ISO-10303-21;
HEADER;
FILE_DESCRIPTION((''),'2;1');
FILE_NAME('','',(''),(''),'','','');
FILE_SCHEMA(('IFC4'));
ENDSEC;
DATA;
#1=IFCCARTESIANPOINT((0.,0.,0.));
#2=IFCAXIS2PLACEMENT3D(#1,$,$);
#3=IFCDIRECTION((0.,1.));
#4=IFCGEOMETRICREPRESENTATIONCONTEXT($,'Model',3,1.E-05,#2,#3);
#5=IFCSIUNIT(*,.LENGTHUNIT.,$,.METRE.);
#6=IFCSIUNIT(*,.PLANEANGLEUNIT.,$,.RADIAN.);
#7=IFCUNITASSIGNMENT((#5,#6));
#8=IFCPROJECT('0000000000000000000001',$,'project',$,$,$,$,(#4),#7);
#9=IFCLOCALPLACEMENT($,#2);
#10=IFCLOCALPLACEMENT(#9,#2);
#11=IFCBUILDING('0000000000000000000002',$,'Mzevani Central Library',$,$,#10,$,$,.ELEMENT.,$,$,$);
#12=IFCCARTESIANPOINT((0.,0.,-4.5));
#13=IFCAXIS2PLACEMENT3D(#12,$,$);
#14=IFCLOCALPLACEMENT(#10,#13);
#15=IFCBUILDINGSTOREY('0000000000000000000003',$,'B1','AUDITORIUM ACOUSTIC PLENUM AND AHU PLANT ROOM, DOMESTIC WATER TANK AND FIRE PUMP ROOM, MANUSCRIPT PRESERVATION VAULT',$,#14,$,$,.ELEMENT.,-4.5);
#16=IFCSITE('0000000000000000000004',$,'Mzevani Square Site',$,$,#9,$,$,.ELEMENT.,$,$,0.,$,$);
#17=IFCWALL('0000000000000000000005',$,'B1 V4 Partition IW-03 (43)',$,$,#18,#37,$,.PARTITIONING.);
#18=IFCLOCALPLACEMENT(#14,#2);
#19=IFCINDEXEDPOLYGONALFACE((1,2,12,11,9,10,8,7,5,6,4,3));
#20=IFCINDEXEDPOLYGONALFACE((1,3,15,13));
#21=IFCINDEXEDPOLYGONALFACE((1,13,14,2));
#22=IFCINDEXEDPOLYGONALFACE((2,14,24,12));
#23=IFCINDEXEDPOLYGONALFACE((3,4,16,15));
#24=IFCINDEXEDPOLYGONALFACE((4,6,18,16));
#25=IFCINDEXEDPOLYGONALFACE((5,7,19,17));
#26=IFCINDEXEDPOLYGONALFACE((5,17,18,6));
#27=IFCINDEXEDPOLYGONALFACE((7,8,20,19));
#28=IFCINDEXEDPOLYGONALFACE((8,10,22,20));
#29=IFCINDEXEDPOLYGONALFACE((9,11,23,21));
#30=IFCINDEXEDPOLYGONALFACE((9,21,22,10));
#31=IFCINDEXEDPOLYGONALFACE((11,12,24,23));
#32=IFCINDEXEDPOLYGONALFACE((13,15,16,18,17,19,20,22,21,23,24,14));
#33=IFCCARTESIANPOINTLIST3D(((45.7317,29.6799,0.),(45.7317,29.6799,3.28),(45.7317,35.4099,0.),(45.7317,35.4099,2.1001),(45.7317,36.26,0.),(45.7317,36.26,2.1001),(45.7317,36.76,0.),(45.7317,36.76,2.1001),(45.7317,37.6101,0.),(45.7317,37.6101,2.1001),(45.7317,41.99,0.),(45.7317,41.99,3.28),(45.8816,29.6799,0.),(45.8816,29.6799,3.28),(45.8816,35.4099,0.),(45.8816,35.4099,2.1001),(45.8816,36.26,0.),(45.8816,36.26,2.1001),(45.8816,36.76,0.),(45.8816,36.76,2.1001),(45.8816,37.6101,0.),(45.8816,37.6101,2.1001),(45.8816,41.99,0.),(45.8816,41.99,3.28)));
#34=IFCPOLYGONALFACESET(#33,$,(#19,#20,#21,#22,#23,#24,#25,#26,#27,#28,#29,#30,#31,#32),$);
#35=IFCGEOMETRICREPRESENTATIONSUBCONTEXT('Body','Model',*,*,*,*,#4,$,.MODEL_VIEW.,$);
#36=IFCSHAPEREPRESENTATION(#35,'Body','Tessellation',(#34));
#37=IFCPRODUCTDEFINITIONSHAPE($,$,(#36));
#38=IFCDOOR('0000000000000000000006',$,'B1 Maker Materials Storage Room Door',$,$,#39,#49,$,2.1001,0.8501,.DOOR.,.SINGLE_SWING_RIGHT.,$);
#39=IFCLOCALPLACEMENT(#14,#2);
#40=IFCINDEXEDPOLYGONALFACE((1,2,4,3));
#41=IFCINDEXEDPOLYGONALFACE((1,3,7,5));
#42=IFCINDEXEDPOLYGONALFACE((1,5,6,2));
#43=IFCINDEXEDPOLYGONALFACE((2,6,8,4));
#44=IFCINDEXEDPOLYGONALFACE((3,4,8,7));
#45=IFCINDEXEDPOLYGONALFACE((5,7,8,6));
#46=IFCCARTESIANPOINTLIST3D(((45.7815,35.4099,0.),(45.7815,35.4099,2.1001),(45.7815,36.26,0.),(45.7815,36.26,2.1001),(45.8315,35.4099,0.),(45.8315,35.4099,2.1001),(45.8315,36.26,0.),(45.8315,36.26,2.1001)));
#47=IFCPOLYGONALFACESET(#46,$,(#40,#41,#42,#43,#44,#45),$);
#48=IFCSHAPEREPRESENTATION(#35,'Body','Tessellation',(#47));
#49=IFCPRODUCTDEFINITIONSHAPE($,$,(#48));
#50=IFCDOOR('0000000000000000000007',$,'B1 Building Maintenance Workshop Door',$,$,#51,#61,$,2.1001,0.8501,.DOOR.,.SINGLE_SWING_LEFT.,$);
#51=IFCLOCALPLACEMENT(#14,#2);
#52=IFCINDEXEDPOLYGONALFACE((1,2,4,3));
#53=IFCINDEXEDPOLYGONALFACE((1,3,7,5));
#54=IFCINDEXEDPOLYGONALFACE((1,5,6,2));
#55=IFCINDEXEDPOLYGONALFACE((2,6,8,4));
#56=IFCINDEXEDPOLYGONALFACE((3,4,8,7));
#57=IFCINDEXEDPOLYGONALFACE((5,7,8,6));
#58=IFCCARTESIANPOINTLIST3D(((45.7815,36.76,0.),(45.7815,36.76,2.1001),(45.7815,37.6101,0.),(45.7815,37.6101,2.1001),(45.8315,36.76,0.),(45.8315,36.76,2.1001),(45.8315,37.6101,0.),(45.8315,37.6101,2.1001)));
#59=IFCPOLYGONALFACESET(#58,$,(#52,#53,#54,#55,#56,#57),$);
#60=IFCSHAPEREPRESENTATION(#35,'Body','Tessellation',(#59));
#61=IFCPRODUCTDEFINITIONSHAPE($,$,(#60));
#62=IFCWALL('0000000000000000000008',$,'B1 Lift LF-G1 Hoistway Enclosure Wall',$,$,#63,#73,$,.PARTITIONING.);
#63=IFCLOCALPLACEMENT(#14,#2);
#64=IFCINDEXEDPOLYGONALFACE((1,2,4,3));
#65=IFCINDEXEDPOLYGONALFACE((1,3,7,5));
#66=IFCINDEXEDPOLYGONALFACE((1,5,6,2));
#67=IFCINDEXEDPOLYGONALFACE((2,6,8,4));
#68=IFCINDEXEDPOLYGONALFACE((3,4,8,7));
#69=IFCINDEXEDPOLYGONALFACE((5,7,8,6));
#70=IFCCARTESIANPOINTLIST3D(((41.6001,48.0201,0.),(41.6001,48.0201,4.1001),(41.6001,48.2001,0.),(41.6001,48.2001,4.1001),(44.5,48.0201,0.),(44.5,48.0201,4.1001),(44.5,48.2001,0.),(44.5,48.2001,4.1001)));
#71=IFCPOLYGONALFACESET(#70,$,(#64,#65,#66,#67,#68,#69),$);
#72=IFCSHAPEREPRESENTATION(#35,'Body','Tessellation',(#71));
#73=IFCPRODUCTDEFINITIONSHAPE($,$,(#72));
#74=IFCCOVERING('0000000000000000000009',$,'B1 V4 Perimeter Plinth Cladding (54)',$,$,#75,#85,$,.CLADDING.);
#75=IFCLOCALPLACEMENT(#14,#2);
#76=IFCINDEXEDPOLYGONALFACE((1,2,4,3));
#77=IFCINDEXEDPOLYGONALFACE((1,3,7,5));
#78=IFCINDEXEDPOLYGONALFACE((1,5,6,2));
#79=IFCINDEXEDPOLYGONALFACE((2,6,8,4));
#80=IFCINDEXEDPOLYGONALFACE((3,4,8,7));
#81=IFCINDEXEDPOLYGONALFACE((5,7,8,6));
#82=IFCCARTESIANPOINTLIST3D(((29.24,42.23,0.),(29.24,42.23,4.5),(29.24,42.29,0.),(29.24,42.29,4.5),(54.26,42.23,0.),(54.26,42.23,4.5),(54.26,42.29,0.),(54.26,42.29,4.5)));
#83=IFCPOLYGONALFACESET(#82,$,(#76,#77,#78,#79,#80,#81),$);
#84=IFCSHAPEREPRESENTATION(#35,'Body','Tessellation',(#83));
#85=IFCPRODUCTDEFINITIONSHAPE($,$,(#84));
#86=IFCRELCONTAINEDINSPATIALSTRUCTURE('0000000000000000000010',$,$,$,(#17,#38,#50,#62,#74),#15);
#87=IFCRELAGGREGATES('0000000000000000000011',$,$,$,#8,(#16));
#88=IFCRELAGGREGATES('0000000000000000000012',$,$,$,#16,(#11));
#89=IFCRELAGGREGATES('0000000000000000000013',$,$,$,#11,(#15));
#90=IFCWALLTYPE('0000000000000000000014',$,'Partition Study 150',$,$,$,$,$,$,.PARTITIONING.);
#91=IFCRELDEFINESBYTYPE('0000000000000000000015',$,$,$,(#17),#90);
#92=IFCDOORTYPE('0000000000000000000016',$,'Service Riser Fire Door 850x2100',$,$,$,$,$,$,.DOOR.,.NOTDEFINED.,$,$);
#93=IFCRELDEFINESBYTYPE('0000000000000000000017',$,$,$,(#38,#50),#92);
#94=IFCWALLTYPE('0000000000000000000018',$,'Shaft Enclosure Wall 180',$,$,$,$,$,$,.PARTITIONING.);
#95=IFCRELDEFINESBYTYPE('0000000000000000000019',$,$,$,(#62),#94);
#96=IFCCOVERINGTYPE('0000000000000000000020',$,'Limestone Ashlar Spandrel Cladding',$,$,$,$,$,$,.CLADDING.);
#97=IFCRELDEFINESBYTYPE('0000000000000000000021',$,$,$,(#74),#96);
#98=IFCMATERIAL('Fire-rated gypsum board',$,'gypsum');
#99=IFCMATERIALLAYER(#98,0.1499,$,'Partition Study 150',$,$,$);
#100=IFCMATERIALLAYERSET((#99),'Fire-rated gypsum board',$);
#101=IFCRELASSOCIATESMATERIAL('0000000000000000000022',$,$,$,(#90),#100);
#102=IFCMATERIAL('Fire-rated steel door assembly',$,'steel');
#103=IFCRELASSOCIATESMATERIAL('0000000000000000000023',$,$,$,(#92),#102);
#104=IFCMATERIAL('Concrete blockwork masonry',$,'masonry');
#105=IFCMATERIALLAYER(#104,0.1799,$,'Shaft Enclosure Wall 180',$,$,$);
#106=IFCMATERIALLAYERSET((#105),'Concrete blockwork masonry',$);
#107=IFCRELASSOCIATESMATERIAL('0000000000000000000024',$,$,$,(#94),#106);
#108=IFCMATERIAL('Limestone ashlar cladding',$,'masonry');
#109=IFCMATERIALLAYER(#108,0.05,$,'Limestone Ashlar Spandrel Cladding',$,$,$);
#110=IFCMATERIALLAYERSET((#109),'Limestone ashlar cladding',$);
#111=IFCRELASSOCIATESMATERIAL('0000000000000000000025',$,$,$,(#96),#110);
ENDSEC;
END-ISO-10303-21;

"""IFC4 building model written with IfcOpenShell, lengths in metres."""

from ifc_helpers import new_model, si_unit, direction, frame, frame_2d, origin, origin_2d, place, context, subcontext, project, spatial, rectangle, extrude, material, layer, layer_set, type_object, element, fill, save


model = new_model("IFC4")

# Units and contexts
model_context = context("Model", 3, precision=1e-05, world=origin(), true_north=direction((0.0, 1.0)))
body_context = subcontext(model_context, "Body", "Model", "MODEL_VIEW")
ifc_project = project(units=[si_unit("LENGTHUNIT", "METRE"), si_unit("PLANEANGLEUNIT", "RADIAN")], contexts=[model_context])

# Site, building, storey
site_placement = place(None, origin())
site = spatial("IfcSite", under=ifc_project, at=site_placement, Name="Mzevani Square Site", CompositionType="ELEMENT", RefElevation=0.0)
building_placement = place(site_placement, origin())
building = spatial("IfcBuilding", under=site, at=building_placement, Name="Mzevani Central Library", CompositionType="ELEMENT")
storey_placement = place(building_placement, frame((0.0, 0.0, -4.5)))
storey = spatial("IfcBuildingStorey", under=building, at=storey_placement, Name="B1", Description="AUDITORIUM ACOUSTIC PLENUM AND AHU PLANT ROOM, DOMESTIC WATER TANK AND FIRE PUMP ROOM, MANUSCRIPT PRESERVATION VAULT", CompositionType="ELEMENT", Elevation=-4.5)

# Wall, openings, doors
ifc_material_1 = material(Name="Fire-rated gypsum board", Category="gypsum")
ifc_layer_1 = layer(ifc_material_1, 0.1499, Name="Partition Study 150")
ifc_layer_set_1 = layer_set([ifc_layer_1], Name="Fire-rated gypsum board")
wall_type_1 = type_object("IfcWallType", Name="Partition Study 150", PredefinedType="PARTITIONING", material=ifc_layer_set_1)
wall_1_placement = place(storey_placement, frame((45.8066, 41.99, 0.0), z_axis=(0.0, 0.0, 1.0), x_axis=(0.0, -1.0, 0.0)))
wall_1 = element("IfcWall", 1, at=wall_1_placement, inside=storey, type_object=wall_type_1, Name="B1 V4 Partition IW-03 (43)", PredefinedType="PARTITIONING", context=body_context, shape_type="SweptSolid", body=[
    extrude(rectangle(XDim=12.3101, YDim=0.1499, at=frame_2d((6.155, 0.0))), origin(), (0.0, 0.0, 1.0), 3.28),
])
opening_1_placement = place(wall_1_placement, frame((5.73, 0.0, 0.0)))
opening_1 = element("IfcOpeningElement", 2, at=opening_1_placement, cuts=wall_1, PredefinedType="OPENING", context=body_context, shape_type="SweptSolid", body=[
    extrude(rectangle(XDim=0.8501, YDim=2.1001, at=frame_2d((0.425, 1.05))), frame((0.0, 0.085, 0.0), z_axis=(0.0, -1.0, 0.0), x_axis=(1.0, 0.0, 0.0)), (0.0, 0.0, 1.0), 0.1699),
])
opening_2_placement = place(wall_1_placement, frame((4.3799, 0.0, 0.0)))
opening_2 = element("IfcOpeningElement", 3, at=opening_2_placement, cuts=wall_1, PredefinedType="OPENING", context=body_context, shape_type="SweptSolid", body=[
    extrude(rectangle(XDim=0.8501, YDim=2.1001, at=frame_2d((0.425, 1.05))), frame((0.0, 0.085, 0.0), z_axis=(0.0, -1.0, 0.0), x_axis=(1.0, 0.0, 0.0)), (0.0, 0.0, 1.0), 0.1699),
])
ifc_material_2 = material(Name="Fire-rated steel door assembly", Category="steel")
door_type = type_object("IfcDoorType", Name="Service Riser Fire Door 850x2100", OperationType="NOTDEFINED", PredefinedType="DOOR", material=ifc_material_2)
door_1_placement = place(opening_1_placement, origin())
door_1 = element("IfcDoor", 4, at=door_1_placement, inside=storey, type_object=door_type, Name="B1 Maker Materials Storage Room Door", OperationType="SINGLE_SWING_RIGHT", OverallHeight=2.1001, OverallWidth=0.8501, PredefinedType="DOOR", context=body_context, shape_type="SweptSolid", body=[
    extrude(rectangle(XDim=0.8501, YDim=2.1001, at=frame_2d((0.425, 1.05))), frame((0.0, 0.0249, 0.0), z_axis=(0.0, -1.0, 0.0), x_axis=(1.0, 0.0, 0.0)), (0.0, 0.0, 1.0), 0.05),
])
fill(opening_1, door_1)
door_2_placement = place(opening_2_placement, origin())
door_2 = element("IfcDoor", 5, at=door_2_placement, inside=storey, type_object=door_type, Name="B1 Building Maintenance Workshop Door", OperationType="SINGLE_SWING_LEFT", OverallHeight=2.1001, OverallWidth=0.8501, PredefinedType="DOOR", context=body_context, shape_type="SweptSolid", body=[
    extrude(rectangle(XDim=0.8501, YDim=2.1001, at=frame_2d((0.425, 1.05))), frame((0.0, 0.0249, 0.0), z_axis=(0.0, -1.0, 0.0), x_axis=(1.0, 0.0, 0.0)), (0.0, 0.0, 1.0), 0.05),
])
fill(opening_2, door_2)

# Wall
ifc_material_3 = material(Name="Concrete blockwork masonry", Category="masonry")
ifc_layer_2 = layer(ifc_material_3, 0.1799, Name="Shaft Enclosure Wall 180")
ifc_layer_set_2 = layer_set([ifc_layer_2], Name="Concrete blockwork masonry")
wall_type_2 = type_object("IfcWallType", Name="Shaft Enclosure Wall 180", PredefinedType="PARTITIONING", material=ifc_layer_set_2)
wall_2_placement = place(storey_placement, frame((41.6001, 48.1101, 0.0), z_axis=(0.0, 0.0, 1.0), x_axis=(1.0, 0.0, 0.0)))
element("IfcWall", 6, at=wall_2_placement, inside=storey, type_object=wall_type_2, Name="B1 Lift LF-G1 Hoistway Enclosure Wall", PredefinedType="PARTITIONING", context=body_context, shape_type="SweptSolid", body=[
    extrude(rectangle(XDim=2.8999, YDim=0.1799, at=frame_2d((1.45, 0.0))), origin(), (0.0, 0.0, 1.0), 4.1001),
])

# Covering
ifc_material_4 = material(Name="Limestone ashlar cladding", Category="masonry")
ifc_layer_3 = layer(ifc_material_4, 0.05, Name="Limestone Ashlar Spandrel Cladding")
ifc_layer_set_3 = layer_set([ifc_layer_3], Name="Limestone ashlar cladding")
covering_type = type_object("IfcCoveringType", Name="Limestone Ashlar Spandrel Cladding", PredefinedType="CLADDING", material=ifc_layer_set_3)
covering_placement = place(storey_placement, frame((41.75, 42.26, 0.0), z_axis=(0.0, 0.0, 1.0), x_axis=(1.0, 0.0, 0.0)))
element("IfcCovering", 7, at=covering_placement, inside=storey, type_object=covering_type, Name="B1 V4 Perimeter Plinth Cladding (54)", PredefinedType="CLADDING", context=body_context, shape_type="SweptSolid", body=[
    extrude(rectangle(XDim=25.02, YDim=0.0601, at=origin_2d()), origin(), (0.0, 0.0, 1.0), 4.5),
])

save(model, "model.ifc")
